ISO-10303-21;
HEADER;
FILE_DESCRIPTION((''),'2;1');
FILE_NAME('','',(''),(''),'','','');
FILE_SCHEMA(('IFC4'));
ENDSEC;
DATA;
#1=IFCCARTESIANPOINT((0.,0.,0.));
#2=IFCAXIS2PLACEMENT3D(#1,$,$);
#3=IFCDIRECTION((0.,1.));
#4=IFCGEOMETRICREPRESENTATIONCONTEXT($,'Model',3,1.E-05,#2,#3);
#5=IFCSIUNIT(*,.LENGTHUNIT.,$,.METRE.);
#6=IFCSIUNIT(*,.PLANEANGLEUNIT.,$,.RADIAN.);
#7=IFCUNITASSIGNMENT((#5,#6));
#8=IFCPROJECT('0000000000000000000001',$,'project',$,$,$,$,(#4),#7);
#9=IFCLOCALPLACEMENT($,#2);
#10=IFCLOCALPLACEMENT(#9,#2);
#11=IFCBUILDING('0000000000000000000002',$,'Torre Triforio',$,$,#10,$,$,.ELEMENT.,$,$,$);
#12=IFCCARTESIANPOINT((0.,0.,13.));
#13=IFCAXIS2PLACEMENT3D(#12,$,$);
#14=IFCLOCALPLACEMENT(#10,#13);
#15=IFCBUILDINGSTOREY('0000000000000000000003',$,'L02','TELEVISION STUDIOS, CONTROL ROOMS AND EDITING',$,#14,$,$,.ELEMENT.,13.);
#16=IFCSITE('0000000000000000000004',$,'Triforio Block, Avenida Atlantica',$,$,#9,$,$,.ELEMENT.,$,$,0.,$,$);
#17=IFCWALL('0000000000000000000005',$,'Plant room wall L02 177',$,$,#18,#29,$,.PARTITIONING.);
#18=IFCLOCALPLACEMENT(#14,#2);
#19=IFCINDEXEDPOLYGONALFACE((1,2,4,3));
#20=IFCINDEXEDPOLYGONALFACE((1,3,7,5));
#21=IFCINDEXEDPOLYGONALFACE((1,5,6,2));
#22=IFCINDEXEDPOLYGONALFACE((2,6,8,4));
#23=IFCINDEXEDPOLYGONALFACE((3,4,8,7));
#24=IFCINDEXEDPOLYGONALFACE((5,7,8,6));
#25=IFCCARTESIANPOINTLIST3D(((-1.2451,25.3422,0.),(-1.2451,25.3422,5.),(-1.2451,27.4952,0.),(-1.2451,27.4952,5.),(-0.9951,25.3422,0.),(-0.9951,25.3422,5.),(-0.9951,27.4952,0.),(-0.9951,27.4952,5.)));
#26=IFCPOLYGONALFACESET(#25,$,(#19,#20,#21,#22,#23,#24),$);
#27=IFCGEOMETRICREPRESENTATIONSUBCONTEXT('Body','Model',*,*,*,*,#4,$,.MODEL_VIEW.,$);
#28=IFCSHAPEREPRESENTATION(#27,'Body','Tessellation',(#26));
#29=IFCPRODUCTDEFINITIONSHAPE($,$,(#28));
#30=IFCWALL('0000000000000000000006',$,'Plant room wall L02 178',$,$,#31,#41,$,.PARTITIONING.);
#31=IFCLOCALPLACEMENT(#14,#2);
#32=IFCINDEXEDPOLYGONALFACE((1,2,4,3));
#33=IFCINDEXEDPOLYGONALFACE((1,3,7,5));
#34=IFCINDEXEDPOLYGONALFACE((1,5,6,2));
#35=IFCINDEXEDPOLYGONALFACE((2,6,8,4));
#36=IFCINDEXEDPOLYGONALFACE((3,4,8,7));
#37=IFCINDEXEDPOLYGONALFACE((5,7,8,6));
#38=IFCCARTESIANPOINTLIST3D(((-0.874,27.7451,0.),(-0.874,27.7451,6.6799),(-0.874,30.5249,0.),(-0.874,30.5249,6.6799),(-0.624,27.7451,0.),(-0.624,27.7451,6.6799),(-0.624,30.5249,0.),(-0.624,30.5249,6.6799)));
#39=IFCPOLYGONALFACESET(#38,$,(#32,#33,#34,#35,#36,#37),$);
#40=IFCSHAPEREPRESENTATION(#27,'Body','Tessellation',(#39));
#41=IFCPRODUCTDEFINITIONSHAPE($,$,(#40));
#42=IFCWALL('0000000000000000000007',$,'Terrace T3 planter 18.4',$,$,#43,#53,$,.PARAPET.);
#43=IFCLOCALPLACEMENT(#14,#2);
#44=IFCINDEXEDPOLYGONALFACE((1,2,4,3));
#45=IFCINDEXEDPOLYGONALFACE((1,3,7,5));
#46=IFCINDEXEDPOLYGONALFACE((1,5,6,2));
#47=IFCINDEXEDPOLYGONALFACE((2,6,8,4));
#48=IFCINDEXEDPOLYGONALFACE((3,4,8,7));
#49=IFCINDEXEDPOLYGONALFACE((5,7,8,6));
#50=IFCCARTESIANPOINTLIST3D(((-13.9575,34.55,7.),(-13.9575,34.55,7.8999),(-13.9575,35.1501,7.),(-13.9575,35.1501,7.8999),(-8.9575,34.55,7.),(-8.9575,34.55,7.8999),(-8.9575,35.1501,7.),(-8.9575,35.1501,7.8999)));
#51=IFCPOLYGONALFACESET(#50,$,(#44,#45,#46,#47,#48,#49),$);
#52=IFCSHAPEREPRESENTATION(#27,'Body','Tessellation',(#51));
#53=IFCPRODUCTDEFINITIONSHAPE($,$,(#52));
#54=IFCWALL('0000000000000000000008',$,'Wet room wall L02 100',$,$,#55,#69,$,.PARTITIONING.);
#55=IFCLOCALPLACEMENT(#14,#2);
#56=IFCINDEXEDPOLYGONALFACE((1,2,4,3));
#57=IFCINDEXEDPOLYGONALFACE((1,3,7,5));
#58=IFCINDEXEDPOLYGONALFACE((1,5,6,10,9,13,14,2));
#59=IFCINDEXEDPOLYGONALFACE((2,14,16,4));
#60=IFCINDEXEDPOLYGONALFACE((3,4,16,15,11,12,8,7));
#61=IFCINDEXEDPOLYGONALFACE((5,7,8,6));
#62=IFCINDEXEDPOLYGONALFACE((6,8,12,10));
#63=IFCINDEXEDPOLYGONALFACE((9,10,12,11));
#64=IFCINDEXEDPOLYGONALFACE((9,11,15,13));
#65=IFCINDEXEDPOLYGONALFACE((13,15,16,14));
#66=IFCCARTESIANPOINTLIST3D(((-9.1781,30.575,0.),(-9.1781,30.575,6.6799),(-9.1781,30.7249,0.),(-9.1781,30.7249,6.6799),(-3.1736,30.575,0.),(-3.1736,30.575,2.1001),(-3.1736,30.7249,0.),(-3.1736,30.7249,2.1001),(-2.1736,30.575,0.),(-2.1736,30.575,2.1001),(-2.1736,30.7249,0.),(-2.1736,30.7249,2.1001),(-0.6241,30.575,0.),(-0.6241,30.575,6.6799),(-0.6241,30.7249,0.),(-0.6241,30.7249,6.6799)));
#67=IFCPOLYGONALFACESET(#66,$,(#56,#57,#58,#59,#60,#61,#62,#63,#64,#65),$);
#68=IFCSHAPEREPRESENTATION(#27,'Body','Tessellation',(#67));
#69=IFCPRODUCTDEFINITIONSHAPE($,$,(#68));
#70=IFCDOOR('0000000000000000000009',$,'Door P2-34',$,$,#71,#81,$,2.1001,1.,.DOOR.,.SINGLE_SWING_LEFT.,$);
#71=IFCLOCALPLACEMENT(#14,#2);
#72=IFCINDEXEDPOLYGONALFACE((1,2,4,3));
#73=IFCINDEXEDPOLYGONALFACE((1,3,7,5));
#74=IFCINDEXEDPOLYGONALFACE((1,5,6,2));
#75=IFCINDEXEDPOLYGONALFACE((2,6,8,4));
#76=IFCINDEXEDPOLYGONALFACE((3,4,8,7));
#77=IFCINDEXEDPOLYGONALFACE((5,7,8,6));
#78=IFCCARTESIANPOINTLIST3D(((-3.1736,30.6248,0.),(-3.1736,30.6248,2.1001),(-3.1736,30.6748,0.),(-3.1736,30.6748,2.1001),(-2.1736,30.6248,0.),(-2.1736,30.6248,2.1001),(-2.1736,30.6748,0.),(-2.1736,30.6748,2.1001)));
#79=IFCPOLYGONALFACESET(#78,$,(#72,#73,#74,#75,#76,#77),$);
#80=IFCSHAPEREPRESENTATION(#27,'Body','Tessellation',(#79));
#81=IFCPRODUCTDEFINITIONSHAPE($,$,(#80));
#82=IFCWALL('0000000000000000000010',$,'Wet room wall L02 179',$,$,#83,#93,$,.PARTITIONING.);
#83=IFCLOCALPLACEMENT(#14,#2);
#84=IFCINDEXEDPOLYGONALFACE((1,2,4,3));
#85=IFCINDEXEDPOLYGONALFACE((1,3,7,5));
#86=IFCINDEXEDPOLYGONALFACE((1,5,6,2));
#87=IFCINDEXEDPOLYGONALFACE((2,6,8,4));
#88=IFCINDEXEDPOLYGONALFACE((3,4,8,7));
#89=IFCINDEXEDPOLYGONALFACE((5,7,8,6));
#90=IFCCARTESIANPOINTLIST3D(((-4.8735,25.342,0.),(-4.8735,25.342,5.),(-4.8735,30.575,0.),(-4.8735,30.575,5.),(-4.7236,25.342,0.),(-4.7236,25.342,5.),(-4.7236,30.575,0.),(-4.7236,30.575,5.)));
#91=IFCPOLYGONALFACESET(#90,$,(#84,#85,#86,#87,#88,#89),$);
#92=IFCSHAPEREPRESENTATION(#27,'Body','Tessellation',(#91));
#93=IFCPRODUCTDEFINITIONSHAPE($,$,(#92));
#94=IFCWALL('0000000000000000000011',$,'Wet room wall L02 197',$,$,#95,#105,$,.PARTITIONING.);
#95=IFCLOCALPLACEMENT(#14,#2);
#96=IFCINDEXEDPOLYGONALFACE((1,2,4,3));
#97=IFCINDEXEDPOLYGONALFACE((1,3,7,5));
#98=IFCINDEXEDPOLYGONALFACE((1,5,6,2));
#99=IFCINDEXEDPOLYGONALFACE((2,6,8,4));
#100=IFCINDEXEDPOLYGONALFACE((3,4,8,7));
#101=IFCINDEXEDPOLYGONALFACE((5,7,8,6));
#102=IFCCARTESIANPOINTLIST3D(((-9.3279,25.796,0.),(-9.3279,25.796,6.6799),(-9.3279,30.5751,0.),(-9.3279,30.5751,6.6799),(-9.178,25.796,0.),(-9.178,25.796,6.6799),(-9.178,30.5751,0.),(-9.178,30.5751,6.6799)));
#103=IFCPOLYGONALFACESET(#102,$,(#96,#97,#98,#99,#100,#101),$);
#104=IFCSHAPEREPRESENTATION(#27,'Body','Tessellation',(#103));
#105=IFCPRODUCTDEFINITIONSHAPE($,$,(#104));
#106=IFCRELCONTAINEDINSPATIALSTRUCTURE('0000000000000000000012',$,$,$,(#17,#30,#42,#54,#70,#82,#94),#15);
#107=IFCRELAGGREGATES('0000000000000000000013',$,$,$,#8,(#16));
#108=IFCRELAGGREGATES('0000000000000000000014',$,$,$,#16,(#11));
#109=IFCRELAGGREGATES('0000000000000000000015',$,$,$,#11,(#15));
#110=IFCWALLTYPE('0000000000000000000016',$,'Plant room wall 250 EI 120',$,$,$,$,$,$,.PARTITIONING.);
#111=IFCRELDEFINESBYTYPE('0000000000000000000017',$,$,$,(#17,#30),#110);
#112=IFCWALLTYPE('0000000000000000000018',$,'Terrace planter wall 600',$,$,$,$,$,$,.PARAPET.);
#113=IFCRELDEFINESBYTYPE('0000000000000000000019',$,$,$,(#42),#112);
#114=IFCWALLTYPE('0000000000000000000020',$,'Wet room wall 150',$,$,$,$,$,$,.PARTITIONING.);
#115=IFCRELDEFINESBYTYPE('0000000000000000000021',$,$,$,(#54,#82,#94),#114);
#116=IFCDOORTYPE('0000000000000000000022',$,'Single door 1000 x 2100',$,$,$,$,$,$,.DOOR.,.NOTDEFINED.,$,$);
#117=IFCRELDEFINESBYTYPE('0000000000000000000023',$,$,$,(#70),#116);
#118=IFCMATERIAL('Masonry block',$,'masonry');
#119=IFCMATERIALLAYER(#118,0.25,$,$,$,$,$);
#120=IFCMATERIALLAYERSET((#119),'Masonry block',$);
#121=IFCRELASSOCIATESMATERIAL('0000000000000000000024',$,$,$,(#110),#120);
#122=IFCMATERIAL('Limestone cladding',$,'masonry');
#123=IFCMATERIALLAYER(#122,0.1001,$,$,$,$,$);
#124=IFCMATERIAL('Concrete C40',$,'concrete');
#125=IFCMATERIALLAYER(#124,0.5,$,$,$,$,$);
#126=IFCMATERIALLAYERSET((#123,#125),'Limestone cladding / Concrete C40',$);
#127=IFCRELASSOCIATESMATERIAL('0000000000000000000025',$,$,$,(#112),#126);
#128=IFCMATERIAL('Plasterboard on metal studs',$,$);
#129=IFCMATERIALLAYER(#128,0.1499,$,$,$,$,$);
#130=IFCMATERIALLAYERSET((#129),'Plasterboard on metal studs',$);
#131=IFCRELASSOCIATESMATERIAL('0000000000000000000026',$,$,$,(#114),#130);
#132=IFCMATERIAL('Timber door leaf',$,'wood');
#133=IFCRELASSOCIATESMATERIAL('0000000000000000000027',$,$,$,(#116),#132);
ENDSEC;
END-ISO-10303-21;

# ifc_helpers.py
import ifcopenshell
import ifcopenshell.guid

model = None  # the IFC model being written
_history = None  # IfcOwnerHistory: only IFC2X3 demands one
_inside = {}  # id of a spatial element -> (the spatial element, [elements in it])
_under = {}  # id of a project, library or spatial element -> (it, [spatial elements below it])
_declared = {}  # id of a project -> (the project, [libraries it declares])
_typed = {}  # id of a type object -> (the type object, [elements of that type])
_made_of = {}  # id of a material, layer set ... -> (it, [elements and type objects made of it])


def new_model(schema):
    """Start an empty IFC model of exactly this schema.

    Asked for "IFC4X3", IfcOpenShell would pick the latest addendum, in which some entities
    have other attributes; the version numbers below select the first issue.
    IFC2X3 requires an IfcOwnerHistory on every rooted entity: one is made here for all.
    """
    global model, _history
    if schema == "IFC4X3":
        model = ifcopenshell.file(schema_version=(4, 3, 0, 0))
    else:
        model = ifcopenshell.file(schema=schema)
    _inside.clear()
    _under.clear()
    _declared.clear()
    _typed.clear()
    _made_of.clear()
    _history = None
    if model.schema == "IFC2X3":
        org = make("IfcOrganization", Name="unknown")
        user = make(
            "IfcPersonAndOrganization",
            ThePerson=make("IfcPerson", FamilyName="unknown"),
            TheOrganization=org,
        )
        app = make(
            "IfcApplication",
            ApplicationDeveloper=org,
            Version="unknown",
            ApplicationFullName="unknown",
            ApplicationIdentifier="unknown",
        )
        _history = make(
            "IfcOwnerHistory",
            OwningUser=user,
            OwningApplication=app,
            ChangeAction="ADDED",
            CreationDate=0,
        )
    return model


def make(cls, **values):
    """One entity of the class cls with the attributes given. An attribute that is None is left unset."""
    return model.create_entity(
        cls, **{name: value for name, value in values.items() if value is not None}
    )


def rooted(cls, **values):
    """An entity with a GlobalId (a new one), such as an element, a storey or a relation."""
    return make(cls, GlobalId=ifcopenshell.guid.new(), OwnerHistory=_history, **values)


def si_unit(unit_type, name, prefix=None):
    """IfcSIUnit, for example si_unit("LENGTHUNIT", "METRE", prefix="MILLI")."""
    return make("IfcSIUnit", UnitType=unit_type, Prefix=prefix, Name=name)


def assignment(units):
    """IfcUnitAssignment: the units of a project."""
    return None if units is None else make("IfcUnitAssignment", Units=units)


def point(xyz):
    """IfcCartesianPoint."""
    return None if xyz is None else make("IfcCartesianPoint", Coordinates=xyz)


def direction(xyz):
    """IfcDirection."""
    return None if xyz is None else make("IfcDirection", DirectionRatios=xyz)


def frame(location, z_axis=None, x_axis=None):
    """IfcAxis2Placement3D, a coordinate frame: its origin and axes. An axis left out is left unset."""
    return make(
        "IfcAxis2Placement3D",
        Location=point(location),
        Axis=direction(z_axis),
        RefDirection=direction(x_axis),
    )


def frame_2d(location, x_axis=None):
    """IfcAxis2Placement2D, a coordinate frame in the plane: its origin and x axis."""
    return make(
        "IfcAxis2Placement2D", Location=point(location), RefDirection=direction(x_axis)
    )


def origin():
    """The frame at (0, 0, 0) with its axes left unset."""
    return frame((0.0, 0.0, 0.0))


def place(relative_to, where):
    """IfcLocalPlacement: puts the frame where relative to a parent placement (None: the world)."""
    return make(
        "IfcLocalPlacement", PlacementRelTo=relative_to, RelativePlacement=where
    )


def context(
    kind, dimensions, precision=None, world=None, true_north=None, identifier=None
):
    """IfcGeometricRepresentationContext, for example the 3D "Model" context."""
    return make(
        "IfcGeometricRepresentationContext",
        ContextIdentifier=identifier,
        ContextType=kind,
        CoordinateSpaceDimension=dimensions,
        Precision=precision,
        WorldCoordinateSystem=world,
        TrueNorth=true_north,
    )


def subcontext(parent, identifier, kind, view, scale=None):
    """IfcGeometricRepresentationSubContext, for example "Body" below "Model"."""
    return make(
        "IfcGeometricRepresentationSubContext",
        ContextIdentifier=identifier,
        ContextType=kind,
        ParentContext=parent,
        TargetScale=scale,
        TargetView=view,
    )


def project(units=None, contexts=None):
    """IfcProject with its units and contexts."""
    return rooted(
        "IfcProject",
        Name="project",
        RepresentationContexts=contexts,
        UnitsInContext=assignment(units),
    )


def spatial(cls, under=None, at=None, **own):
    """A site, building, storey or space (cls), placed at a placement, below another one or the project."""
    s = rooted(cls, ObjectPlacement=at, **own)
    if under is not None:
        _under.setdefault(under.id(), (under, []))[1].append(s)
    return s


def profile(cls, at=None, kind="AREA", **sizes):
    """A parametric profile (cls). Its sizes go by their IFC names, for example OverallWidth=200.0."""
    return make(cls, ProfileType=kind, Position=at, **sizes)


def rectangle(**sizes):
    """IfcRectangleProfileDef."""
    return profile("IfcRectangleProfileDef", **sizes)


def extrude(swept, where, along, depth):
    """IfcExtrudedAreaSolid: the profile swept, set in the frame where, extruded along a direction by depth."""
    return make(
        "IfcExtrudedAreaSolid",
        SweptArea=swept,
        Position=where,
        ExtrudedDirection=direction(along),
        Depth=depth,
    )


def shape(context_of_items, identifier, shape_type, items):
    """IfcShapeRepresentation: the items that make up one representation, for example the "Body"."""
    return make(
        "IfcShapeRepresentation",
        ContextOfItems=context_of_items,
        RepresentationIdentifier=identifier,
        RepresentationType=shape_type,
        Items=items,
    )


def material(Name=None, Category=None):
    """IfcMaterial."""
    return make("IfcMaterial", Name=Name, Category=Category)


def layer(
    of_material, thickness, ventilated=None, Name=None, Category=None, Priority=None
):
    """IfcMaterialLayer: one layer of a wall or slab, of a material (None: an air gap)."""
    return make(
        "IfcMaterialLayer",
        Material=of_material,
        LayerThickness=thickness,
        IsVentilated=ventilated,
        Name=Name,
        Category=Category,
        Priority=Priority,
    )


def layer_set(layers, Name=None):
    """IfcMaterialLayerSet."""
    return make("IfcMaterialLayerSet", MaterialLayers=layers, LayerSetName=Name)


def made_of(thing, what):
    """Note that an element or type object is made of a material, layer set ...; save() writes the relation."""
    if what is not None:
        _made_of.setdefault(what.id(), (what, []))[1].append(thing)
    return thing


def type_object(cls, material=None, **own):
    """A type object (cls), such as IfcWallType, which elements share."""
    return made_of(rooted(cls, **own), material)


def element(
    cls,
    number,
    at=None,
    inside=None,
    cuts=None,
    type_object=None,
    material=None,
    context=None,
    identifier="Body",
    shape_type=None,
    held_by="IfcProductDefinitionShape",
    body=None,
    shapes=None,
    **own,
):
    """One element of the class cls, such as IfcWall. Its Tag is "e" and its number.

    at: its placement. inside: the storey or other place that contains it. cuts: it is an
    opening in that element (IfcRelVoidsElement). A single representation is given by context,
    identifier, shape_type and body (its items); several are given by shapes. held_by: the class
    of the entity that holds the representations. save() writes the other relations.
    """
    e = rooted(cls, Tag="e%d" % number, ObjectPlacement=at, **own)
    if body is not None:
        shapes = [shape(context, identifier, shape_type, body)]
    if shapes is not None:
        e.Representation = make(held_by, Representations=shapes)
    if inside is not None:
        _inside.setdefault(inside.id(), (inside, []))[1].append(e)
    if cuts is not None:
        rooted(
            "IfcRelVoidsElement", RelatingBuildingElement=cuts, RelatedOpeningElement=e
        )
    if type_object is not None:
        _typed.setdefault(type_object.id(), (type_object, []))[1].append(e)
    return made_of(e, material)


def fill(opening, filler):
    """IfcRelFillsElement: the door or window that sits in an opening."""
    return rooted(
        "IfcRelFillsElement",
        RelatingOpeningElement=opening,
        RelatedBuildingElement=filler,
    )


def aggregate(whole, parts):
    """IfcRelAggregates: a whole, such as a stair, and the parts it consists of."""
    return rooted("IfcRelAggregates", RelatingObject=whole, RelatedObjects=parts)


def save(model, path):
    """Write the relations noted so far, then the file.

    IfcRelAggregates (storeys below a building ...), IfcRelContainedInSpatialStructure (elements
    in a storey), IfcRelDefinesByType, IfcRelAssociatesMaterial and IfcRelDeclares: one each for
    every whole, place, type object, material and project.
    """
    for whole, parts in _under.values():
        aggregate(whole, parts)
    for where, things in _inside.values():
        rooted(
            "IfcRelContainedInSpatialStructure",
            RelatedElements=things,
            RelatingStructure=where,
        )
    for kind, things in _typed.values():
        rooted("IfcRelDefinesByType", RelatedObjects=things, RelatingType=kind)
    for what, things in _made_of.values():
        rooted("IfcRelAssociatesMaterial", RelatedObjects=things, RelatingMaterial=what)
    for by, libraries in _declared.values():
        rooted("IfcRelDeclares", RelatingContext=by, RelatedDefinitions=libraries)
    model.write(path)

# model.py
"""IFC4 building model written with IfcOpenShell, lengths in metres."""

from ifc_helpers import new_model, si_unit, direction, frame, frame_2d, origin, place, context, subcontext, project, spatial, rectangle, extrude, material, layer, layer_set, type_object, element, fill, save


model = new_model("IFC4")

# Units and contexts
model_context = context("Model", 3, precision=1e-05, world=origin(), true_north=direction((0.0, 1.0)))
body_context = subcontext(model_context, "Body", "Model", "MODEL_VIEW")
ifc_project = project(units=[si_unit("LENGTHUNIT", "METRE"), si_unit("PLANEANGLEUNIT", "RADIAN")], contexts=[model_context])

# Site, building, storey
site_placement = place(None, origin())
site = spatial("IfcSite", under=ifc_project, at=site_placement, Name="Triforio Block, Avenida Atlantica", CompositionType="ELEMENT", RefElevation=0.0)
building_placement = place(site_placement, origin())
building = spatial("IfcBuilding", under=site, at=building_placement, Name="Torre Triforio", CompositionType="ELEMENT")
storey_placement = place(building_placement, frame((0.0, 0.0, 13.0)))
storey = spatial("IfcBuildingStorey", under=building, at=storey_placement, Name="L02", Description="TELEVISION STUDIOS, CONTROL ROOMS AND EDITING", CompositionType="ELEMENT", Elevation=13.0)

# Walls
ifc_material_1 = material(Name="Masonry block", Category="masonry")
ifc_layer_1 = layer(ifc_material_1, 0.25)
ifc_layer_set_1 = layer_set([ifc_layer_1], Name="Masonry block")
wall_type_1 = type_object("IfcWallType", Name="Plant room wall 250 EI 120", PredefinedType="PARTITIONING", material=ifc_layer_set_1)
wall_1_placement = place(storey_placement, frame((-1.1201, 25.342, 0.0), z_axis=(0.0, 0.0, 1.0), x_axis=(0.0, 1.0, 0.0)))
element("IfcWall", 1, at=wall_1_placement, inside=storey, type_object=wall_type_1, Name="Plant room wall L02 177", PredefinedType="PARTITIONING", context=body_context, shape_type="SweptSolid", body=[
    extrude(rectangle(XDim=2.1531, YDim=0.25, at=frame_2d((1.0767, 0.0))), origin(), (0.0, 0.0, 1.0), 5.0),
])
wall_2_placement = place(storey_placement, frame((-0.749, 27.7451, 0.0), z_axis=(0.0, 0.0, 1.0), x_axis=(0.0, 1.0, 0.0)))
element("IfcWall", 2, at=wall_2_placement, inside=storey, type_object=wall_type_1, Name="Plant room wall L02 178", PredefinedType="PARTITIONING", context=body_context, shape_type="SweptSolid", body=[
    extrude(rectangle(XDim=2.7798, YDim=0.25, at=frame_2d((1.3899, 0.0))), origin(), (0.0, 0.0, 1.0), 6.6799),
])
ifc_material_2 = material(Name="Limestone cladding", Category="masonry")
ifc_layer_2 = layer(ifc_material_2, 0.1001)
ifc_material_3 = material(Name="Concrete C40", Category="concrete")
ifc_layer_3 = layer(ifc_material_3, 0.5)
ifc_layer_set_2 = layer_set([ifc_layer_2, ifc_layer_3], Name="Limestone cladding / Concrete C40")
wall_type_2 = type_object("IfcWallType", Name="Terrace planter wall 600", PredefinedType="PARAPET", material=ifc_layer_set_2)
wall_3_placement = place(storey_placement, frame((-8.9575, 34.8501, 7.0), z_axis=(0.0, 0.0, 1.0), x_axis=(-1.0, 0.0, 0.0)))
element("IfcWall", 3, at=wall_3_placement, inside=storey, type_object=wall_type_2, Name="Terrace T3 planter 18.4", PredefinedType="PARAPET", context=body_context, shape_type="SweptSolid", body=[
    extrude(rectangle(XDim=5.0, YDim=0.6001, at=frame_2d((2.5, 0.0))), origin(), (0.0, 0.0, 1.0), 0.8999),
])

# Wall, opening, door
ifc_material_4 = material(Name="Plasterboard on metal studs")
ifc_layer_4 = layer(ifc_material_4, 0.1499)
ifc_layer_set_3 = layer_set([ifc_layer_4], Name="Plasterboard on metal studs")
wall_type_3 = type_object("IfcWallType", Name="Wet room wall 150", PredefinedType="PARTITIONING", material=ifc_layer_set_3)
wall_4_placement = place(storey_placement, frame((-9.178, 30.6499, 0.0), z_axis=(0.0, 0.0, 1.0), x_axis=(1.0, 0.0, 0.0)))
wall_4 = element("IfcWall", 4, at=wall_4_placement, inside=storey, type_object=wall_type_3, Name="Wet room wall L02 100", PredefinedType="PARTITIONING", context=body_context, shape_type="SweptSolid", body=[
    extrude(rectangle(XDim=8.554, YDim=0.1499, at=frame_2d((4.2769, 0.0))), origin(), (0.0, 0.0, 1.0), 6.6799),
])
opening_placement = place(wall_4_placement, frame((6.0044, 0.0, 0.0)))
opening = element("IfcOpeningElement", 5, at=opening_placement, cuts=wall_4, PredefinedType="OPENING", context=body_context, shape_type="SweptSolid", body=[
    extrude(rectangle(XDim=1.0, YDim=2.1001, at=frame_2d((0.5, 1.05))), frame((0.0, 0.085, 0.0), z_axis=(0.0, -1.0, 0.0), x_axis=(1.0, 0.0, 0.0)), (0.0, 0.0, 1.0), 0.1699),
])
ifc_material_5 = material(Name="Timber door leaf", Category="wood")
door_type = type_object("IfcDoorType", Name="Single door 1000 x 2100", OperationType="NOTDEFINED", PredefinedType="DOOR", material=ifc_material_5)
door_placement = place(opening_placement, origin())
door = element("IfcDoor", 6, at=door_placement, inside=storey, type_object=door_type, Name="Door P2-34", OperationType="SINGLE_SWING_LEFT", OverallHeight=2.1001, OverallWidth=1.0, PredefinedType="DOOR", context=body_context, shape_type="SweptSolid", body=[
    extrude(rectangle(XDim=1.0, YDim=2.1001, at=frame_2d((0.5, 1.05))), frame((0.0, 0.0249, 0.0), z_axis=(0.0, -1.0, 0.0), x_axis=(1.0, 0.0, 0.0)), (0.0, 0.0, 1.0), 0.05),
])
fill(opening, door)

# Walls
wall_5_placement = place(storey_placement, frame((-4.7986, 25.342, 0.0), z_axis=(0.0, 0.0, 1.0), x_axis=(0.0, 1.0, 0.0)))
element("IfcWall", 7, at=wall_5_placement, inside=storey, type_object=wall_type_3, Name="Wet room wall L02 179", PredefinedType="PARTITIONING", context=body_context, shape_type="SweptSolid", body=[
    extrude(rectangle(XDim=5.2329, YDim=0.1499, at=frame_2d((2.6165, 0.0))), origin(), (0.0, 0.0, 1.0), 5.0),
])
wall_6_placement = place(storey_placement, frame((-9.2529, 25.7959, 0.0), z_axis=(0.0, 0.0, 1.0), x_axis=(0.0, 1.0, 0.0)))
element("IfcWall", 8, at=wall_6_placement, inside=storey, type_object=wall_type_3, Name="Wet room wall L02 197", PredefinedType="PARTITIONING", context=body_context, shape_type="SweptSolid", body=[
    extrude(rectangle(XDim=4.7791, YDim=0.1499, at=frame_2d((2.3896, 0.0))), origin(), (0.0, 0.0, 1.0), 6.6799),
])

save(model, "model.ifc")
